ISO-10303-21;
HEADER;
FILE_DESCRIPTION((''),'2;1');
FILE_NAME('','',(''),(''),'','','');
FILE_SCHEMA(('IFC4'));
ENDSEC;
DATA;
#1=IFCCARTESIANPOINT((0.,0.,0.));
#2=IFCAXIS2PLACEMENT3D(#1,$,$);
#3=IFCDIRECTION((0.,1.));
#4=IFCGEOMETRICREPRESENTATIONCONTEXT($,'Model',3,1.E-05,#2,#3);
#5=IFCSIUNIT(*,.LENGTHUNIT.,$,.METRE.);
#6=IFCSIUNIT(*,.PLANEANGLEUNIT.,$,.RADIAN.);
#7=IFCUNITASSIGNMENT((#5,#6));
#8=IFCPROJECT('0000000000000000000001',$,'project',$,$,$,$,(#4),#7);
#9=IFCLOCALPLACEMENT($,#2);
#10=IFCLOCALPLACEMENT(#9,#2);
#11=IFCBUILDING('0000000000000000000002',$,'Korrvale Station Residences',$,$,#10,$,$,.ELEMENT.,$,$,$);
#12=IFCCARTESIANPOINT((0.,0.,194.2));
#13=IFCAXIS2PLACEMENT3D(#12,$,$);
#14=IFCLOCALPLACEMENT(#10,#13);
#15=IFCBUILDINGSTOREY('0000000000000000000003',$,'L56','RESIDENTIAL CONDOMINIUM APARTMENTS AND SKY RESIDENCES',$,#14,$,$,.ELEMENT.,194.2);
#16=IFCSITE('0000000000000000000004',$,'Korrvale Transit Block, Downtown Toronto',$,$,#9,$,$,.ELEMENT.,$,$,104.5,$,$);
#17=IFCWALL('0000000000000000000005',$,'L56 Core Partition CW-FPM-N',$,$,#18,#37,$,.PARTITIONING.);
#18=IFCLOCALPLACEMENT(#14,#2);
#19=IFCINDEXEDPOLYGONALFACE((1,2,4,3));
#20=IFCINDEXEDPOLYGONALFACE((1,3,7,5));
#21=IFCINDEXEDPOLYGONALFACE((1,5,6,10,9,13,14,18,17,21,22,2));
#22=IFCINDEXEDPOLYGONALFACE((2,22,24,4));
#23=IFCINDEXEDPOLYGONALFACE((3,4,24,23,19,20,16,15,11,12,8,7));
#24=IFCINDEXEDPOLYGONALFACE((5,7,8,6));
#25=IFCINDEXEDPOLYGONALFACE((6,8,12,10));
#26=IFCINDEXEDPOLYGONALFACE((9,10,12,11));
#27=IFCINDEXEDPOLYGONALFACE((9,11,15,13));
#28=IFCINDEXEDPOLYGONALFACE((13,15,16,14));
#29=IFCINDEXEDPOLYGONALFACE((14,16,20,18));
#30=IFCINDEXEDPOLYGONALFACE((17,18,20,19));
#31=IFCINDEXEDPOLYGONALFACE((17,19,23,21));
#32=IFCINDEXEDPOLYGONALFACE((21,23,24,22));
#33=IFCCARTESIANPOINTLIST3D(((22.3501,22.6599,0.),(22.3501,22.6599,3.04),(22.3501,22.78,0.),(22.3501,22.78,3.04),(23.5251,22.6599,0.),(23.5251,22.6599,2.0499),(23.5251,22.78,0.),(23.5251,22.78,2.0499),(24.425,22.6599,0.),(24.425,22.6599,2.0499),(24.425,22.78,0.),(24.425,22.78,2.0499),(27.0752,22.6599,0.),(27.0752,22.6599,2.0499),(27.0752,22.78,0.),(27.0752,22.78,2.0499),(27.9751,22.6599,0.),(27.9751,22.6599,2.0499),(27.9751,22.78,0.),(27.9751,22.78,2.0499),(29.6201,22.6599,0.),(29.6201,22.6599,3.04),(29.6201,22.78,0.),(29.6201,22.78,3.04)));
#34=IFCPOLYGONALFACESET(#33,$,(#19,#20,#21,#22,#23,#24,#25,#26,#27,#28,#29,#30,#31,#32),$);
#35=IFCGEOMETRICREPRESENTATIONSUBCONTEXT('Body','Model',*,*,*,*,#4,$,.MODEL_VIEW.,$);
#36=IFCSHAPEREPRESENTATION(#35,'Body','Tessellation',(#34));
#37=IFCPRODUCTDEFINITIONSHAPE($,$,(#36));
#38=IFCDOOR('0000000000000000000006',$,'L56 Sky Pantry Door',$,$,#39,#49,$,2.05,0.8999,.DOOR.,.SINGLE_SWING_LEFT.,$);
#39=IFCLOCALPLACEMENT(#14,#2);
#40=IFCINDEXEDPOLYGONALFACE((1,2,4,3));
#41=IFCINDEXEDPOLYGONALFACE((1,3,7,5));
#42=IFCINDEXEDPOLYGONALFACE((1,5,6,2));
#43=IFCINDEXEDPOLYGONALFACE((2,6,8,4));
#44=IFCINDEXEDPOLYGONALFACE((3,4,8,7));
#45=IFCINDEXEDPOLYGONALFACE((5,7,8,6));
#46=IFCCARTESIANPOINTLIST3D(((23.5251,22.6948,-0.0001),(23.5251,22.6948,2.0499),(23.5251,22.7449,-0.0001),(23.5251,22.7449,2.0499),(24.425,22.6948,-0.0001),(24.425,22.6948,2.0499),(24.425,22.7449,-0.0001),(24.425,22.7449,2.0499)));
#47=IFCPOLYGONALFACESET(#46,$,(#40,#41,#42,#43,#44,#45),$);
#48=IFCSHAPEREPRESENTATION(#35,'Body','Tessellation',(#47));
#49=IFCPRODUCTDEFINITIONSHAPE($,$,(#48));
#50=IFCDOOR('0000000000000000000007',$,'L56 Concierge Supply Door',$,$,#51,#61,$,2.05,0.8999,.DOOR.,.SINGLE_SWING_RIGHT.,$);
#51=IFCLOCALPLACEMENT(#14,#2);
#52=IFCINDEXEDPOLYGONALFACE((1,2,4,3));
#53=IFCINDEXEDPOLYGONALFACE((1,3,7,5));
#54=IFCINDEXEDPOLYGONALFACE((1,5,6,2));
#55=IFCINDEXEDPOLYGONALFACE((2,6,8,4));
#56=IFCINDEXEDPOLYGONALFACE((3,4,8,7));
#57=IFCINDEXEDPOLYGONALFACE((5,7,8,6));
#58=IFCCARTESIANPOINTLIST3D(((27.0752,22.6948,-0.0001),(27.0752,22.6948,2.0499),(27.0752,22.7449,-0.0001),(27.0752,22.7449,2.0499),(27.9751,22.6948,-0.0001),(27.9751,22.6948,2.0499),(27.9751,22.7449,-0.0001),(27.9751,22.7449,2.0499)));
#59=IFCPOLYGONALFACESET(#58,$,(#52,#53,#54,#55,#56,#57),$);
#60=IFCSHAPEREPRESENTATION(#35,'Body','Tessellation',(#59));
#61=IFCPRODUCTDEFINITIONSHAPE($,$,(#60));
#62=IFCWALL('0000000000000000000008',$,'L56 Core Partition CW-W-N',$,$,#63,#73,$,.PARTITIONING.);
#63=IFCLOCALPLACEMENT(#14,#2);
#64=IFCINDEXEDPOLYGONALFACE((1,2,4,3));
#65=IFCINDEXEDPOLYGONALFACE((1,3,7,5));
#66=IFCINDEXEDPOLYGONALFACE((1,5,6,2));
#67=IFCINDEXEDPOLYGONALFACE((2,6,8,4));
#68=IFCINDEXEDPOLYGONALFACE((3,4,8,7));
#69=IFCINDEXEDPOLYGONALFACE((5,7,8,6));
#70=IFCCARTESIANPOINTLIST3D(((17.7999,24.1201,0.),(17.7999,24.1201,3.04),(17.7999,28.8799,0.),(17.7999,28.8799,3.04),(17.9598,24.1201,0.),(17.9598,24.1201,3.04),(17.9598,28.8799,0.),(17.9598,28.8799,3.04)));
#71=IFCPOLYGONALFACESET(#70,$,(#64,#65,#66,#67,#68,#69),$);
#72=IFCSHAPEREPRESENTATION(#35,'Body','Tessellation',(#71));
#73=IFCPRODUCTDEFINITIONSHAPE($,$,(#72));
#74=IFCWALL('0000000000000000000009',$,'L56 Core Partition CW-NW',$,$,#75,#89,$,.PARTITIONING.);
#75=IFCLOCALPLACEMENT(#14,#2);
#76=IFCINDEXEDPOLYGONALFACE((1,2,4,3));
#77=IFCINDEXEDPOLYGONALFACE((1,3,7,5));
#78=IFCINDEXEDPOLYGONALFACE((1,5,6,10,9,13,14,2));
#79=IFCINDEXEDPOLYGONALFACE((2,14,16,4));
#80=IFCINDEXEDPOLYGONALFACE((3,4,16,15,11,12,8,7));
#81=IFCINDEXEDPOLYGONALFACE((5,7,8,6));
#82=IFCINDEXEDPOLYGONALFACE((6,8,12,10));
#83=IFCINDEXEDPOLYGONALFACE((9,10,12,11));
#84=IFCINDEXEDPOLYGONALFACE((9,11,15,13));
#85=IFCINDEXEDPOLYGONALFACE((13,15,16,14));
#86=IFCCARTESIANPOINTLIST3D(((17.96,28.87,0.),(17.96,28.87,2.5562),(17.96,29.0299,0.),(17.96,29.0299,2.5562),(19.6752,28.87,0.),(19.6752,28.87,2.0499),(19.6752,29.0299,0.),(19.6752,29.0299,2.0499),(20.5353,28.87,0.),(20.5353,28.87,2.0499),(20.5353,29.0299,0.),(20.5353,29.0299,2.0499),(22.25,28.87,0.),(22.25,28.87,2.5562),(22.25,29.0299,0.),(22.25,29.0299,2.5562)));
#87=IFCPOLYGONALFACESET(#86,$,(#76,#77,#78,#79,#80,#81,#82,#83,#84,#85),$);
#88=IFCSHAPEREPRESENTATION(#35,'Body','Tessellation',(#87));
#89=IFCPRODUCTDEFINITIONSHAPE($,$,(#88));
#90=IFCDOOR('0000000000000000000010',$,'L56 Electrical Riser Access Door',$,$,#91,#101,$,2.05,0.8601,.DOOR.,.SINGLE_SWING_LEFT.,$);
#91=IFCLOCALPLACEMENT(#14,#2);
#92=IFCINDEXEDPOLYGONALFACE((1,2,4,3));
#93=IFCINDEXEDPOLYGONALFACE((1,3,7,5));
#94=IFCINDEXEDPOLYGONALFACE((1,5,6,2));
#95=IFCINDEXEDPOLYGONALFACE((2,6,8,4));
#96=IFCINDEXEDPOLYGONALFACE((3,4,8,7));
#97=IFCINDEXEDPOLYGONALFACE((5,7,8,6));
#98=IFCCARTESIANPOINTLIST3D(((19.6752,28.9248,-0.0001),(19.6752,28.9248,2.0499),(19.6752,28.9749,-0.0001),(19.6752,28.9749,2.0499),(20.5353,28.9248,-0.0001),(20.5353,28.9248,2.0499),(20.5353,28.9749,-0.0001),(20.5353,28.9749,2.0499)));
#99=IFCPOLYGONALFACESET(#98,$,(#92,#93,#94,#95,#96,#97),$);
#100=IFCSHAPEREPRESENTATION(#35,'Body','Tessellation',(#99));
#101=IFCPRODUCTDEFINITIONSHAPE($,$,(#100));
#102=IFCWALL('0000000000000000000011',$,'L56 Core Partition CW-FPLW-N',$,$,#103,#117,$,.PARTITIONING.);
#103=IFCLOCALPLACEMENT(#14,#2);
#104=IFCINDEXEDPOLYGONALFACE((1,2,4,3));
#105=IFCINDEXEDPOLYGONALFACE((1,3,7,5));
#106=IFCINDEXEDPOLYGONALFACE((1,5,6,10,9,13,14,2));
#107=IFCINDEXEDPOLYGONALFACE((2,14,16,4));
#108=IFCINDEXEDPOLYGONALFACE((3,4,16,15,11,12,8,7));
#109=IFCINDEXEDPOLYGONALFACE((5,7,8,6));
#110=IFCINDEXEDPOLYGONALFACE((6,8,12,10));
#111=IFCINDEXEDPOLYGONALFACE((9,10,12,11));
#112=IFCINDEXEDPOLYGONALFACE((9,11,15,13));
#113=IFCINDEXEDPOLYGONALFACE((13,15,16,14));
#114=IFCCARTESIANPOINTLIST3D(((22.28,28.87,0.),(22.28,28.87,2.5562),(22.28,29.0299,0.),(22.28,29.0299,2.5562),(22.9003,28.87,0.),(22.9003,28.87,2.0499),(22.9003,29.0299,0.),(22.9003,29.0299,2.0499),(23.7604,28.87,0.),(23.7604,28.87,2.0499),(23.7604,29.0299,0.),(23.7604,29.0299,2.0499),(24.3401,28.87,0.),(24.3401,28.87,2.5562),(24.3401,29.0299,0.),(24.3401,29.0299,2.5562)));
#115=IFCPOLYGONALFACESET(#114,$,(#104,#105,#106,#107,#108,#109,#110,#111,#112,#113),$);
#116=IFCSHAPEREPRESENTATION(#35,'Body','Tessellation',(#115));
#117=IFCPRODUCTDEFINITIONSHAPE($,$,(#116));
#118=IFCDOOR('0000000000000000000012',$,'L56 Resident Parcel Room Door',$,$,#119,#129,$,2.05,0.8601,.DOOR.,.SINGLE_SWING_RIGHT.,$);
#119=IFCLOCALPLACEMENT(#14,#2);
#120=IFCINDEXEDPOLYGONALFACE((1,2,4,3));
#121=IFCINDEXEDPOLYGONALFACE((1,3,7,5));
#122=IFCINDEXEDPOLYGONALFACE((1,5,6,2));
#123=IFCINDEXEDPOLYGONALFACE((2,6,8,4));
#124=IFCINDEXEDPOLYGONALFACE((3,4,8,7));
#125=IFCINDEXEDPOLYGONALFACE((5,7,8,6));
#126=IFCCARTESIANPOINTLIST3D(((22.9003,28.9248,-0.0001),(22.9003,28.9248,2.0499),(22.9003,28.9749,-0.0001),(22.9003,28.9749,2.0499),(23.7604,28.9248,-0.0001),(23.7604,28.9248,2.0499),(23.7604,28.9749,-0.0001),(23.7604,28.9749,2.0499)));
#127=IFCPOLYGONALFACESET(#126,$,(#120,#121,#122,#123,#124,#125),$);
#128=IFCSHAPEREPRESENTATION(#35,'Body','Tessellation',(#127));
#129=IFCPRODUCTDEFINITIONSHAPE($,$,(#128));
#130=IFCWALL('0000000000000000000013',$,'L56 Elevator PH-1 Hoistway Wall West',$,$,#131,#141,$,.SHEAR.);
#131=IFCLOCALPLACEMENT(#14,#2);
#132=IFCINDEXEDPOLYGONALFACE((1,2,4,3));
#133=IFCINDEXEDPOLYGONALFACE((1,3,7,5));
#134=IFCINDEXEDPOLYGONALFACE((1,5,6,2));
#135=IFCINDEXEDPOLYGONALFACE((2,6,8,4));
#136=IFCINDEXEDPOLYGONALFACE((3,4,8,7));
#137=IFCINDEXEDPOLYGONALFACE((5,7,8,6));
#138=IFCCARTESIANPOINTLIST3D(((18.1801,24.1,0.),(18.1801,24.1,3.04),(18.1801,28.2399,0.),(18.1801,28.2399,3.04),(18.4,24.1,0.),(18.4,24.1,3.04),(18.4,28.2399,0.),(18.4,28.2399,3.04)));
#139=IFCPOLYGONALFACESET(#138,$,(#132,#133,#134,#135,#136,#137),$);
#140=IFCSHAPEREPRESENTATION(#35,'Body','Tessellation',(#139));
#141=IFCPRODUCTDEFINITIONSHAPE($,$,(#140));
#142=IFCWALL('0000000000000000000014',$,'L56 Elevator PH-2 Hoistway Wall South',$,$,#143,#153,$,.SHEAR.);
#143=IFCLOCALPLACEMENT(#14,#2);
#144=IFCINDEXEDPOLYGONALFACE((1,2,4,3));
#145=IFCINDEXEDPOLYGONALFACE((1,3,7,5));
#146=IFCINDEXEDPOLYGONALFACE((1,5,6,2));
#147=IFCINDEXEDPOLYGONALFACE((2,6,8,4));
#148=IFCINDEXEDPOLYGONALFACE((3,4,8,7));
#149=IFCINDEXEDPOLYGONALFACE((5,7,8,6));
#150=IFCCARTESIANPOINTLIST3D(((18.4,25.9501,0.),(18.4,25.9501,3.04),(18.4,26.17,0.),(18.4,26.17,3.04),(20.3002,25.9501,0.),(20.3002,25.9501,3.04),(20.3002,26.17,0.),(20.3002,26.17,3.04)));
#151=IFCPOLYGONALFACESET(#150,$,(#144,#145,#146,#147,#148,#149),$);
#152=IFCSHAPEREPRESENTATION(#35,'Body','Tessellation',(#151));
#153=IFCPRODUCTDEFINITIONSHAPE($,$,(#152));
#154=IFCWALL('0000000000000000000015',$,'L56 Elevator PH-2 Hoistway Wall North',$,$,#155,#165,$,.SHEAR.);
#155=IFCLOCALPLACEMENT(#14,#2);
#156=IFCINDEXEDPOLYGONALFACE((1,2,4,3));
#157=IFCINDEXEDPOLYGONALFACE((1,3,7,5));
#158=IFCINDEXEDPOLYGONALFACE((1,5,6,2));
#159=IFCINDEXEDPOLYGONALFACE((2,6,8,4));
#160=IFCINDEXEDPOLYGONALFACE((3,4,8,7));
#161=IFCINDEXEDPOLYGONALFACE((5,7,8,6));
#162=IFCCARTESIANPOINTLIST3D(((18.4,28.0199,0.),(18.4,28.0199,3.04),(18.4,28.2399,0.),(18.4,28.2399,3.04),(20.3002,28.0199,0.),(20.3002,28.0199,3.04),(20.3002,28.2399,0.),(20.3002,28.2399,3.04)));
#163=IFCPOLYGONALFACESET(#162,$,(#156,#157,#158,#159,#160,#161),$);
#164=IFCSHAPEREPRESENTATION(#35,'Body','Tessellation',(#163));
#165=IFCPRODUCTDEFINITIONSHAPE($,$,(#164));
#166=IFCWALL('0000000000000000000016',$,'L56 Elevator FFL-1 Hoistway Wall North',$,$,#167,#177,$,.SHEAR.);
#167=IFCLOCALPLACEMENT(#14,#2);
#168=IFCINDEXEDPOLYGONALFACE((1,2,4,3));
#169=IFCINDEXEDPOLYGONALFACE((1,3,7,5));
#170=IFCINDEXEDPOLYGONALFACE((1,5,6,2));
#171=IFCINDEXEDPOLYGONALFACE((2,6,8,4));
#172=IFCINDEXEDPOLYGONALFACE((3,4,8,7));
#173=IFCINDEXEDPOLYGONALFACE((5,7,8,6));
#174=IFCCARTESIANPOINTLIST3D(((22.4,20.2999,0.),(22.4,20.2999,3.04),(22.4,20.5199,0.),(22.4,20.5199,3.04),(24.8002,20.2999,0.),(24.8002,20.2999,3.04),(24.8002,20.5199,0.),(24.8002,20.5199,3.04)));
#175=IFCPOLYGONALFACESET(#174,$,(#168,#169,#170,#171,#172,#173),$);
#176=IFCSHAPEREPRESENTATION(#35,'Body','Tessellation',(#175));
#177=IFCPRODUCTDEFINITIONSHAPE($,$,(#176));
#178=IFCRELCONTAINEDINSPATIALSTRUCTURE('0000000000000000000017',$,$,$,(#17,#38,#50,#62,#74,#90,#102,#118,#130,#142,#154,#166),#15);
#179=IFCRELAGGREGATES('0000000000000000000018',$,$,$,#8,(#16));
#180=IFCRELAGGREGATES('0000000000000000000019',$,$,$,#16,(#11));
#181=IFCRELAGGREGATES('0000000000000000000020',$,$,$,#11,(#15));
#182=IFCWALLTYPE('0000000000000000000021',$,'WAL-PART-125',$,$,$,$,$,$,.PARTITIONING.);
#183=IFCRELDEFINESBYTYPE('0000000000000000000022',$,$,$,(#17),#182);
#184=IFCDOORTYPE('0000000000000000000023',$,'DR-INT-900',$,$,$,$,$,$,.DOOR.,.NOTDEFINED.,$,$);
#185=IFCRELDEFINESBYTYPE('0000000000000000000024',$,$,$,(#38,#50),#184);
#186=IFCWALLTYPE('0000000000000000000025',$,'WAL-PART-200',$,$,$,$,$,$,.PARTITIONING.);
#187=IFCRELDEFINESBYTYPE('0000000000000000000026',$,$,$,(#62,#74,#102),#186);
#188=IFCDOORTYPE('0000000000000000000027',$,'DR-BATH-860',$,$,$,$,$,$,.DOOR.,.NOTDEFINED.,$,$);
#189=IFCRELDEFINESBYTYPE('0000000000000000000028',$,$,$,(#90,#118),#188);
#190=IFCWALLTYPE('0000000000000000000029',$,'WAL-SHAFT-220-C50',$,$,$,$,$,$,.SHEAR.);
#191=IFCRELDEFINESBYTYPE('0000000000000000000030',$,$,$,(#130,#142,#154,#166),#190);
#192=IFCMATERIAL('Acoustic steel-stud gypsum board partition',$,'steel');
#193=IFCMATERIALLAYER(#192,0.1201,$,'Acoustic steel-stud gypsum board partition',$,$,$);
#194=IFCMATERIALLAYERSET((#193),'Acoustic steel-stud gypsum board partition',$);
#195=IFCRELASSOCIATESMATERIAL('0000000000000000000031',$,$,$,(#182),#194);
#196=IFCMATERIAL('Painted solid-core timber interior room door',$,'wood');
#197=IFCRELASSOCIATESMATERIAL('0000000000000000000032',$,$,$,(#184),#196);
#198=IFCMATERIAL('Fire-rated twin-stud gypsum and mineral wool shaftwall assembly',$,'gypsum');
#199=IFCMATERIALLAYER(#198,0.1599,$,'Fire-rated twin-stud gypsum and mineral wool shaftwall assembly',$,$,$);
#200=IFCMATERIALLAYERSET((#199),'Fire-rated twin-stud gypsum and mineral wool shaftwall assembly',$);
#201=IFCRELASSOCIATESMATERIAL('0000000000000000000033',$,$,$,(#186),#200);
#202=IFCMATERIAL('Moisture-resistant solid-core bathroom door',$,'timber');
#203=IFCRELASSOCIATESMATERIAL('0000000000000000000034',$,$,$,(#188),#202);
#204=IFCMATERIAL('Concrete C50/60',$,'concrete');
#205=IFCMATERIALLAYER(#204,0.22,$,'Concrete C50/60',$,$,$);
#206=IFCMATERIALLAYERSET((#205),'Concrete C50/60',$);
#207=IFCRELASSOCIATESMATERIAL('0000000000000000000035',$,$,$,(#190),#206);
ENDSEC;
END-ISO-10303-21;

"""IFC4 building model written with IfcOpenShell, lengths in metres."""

from ifc_helpers import new_model, si_unit, direction, frame, frame_2d, origin, place, context, subcontext, project, spatial, rectangle, extrude, material, layer, layer_set, type_object, element, fill, save


model = new_model("IFC4")

# Units and contexts
model_context = context("Model", 3, precision=1e-05, world=origin(), true_north=direction((0.0, 1.0)))
body_context = subcontext(model_context, "Body", "Model", "MODEL_VIEW")
ifc_project = project(units=[si_unit("LENGTHUNIT", "METRE"), si_unit("PLANEANGLEUNIT", "RADIAN")], contexts=[model_context])

# Site, building, storey
site_placement = place(None, origin())
site = spatial("IfcSite", under=ifc_project, at=site_placement, Name="Korrvale Transit Block, Downtown Toronto", CompositionType="ELEMENT", RefElevation=104.5)
building_placement = place(site_placement, origin())
building = spatial("IfcBuilding", under=site, at=building_placement, Name="Korrvale Station Residences", CompositionType="ELEMENT")
storey_placement = place(building_placement, frame((0.0, 0.0, 194.2)))
storey = spatial("IfcBuildingStorey", under=building, at=storey_placement, Name="L56", Description="RESIDENTIAL CONDOMINIUM APARTMENTS AND SKY RESIDENCES", CompositionType="ELEMENT", Elevation=194.2)

# Shared definitions
ifc_material_1 = material(Name="Concrete C50/60", Category="concrete")

# Shared definitions
ifc_material_2 = material(Name="Acoustic steel-stud gypsum board partition", Category="steel")
ifc_layer_1 = layer(ifc_material_2, 0.1201, Name="Acoustic steel-stud gypsum board partition")
ifc_layer_set_1 = layer_set([ifc_layer_1], Name="Acoustic steel-stud gypsum board partition")
wall_type_1 = type_object("IfcWallType", Name="WAL-PART-125", PredefinedType="PARTITIONING", material=ifc_layer_set_1)

# Wall, openings, doors
wall_1_placement = place(storey_placement, frame((22.3501, 22.72, 0.0), z_axis=(0.0, 0.0, 1.0), x_axis=(1.0, 0.0, 0.0)))
wall_1 = element("IfcWall", 1, at=wall_1_placement, inside=storey, type_object=wall_type_1, Name="L56 Core Partition CW-FPM-N", PredefinedType="PARTITIONING", context=body_context, shape_type="SweptSolid", body=[
    extrude(rectangle(XDim=7.27, YDim=0.1201, at=frame_2d((3.635, 0.0))), origin(), (0.0, 0.0, 1.0), 3.04),
])
opening_1_placement = place(wall_1_placement, frame((1.175, 0.0, 0.0)))
opening_1 = element("IfcOpeningElement", 2, at=opening_1_placement, cuts=wall_1, PredefinedType="OPENING", context=body_context, shape_type="SweptSolid", body=[
    extrude(rectangle(XDim=0.8999, YDim=2.05, at=frame_2d((0.45, 1.0249))), frame((0.0, 0.0701, 0.0), z_axis=(0.0, -1.0, 0.0), x_axis=(1.0, 0.0, 0.0)), (0.0, 0.0, 1.0), 0.1401),
])
opening_2_placement = place(wall_1_placement, frame((4.7251, 0.0, 0.0)))
opening_2 = element("IfcOpeningElement", 3, at=opening_2_placement, cuts=wall_1, PredefinedType="OPENING", context=body_context, shape_type="SweptSolid", body=[
    extrude(rectangle(XDim=0.8999, YDim=2.05, at=frame_2d((0.45, 1.0249))), frame((0.0, 0.0701, 0.0), z_axis=(0.0, -1.0, 0.0), x_axis=(1.0, 0.0, 0.0)), (0.0, 0.0, 1.0), 0.1401),
])
ifc_material_3 = material(Name="Painted solid-core timber interior room door", Category="wood")
door_type_1 = type_object("IfcDoorType", Name="DR-INT-900", OperationType="NOTDEFINED", PredefinedType="DOOR", material=ifc_material_3)
door_1_placement = place(opening_1_placement, origin())
door_1 = element("IfcDoor", 4, at=door_1_placement, inside=storey, type_object=door_type_1, Name="L56 Sky Pantry Door", OperationType="SINGLE_SWING_LEFT", OverallHeight=2.05, OverallWidth=0.8999, PredefinedType="DOOR", context=body_context, shape_type="SweptSolid", body=[
    extrude(rectangle(XDim=0.8999, YDim=2.05, at=frame_2d((0.45, 1.0249))), frame((0.0, 0.0249, 0.0), z_axis=(0.0, -1.0, 0.0), x_axis=(1.0, 0.0, 0.0)), (0.0, 0.0, 1.0), 0.05),
])
fill(opening_1, door_1)
door_2_placement = place(opening_2_placement, origin())
door_2 = element("IfcDoor", 5, at=door_2_placement, inside=storey, type_object=door_type_1, Name="L56 Concierge Supply Door", OperationType="SINGLE_SWING_RIGHT", OverallHeight=2.05, OverallWidth=0.8999, PredefinedType="DOOR", context=body_context, shape_type="SweptSolid", body=[
    extrude(rectangle(XDim=0.8999, YDim=2.05, at=frame_2d((0.45, 1.0249))), frame((0.0, 0.0249, 0.0), z_axis=(0.0, -1.0, 0.0), x_axis=(1.0, 0.0, 0.0)), (0.0, 0.0, 1.0), 0.05),
])
fill(opening_2, door_2)

# Wall
ifc_material_4 = material(Name="Fire-rated twin-stud gypsum and mineral wool shaftwall assembly", Category="gypsum")
ifc_layer_2 = layer(ifc_material_4, 0.1599, Name="Fire-rated twin-stud gypsum and mineral wool shaftwall assembly")
ifc_layer_set_2 = layer_set([ifc_layer_2], Name="Fire-rated twin-stud gypsum and mineral wool shaftwall assembly")
wall_type_2 = type_object("IfcWallType", Name="WAL-PART-200", PredefinedType="PARTITIONING", material=ifc_layer_set_2)
wall_2_placement = place(storey_placement, frame((17.8799, 24.1201, 0.0), z_axis=(0.0, 0.0, 1.0), x_axis=(0.0, 1.0, 0.0)))
element("IfcWall", 6, at=wall_2_placement, inside=storey, type_object=wall_type_2, Name="L56 Core Partition CW-W-N", PredefinedType="PARTITIONING", context=body_context, shape_type="SweptSolid", body=[
    extrude(rectangle(XDim=4.7598, YDim=0.1599, at=frame_2d((2.3799, 0.0))), origin(), (0.0, 0.0, 1.0), 3.04),
])

# Walls, openings, doors
wall_3_placement = place(storey_placement, frame((17.96, 28.95, 0.0), z_axis=(0.0, 0.0, 1.0), x_axis=(1.0, 0.0, 0.0)))
wall_3 = element("IfcWall", 7, at=wall_3_placement, inside=storey, type_object=wall_type_2, Name="L56 Core Partition CW-NW", PredefinedType="PARTITIONING", context=body_context, shape_type="SweptSolid", body=[
    extrude(rectangle(XDim=4.29, YDim=0.1599, at=frame_2d((2.145, 0.0))), origin(), (0.0, 0.0, 1.0), 2.5562),
])
opening_3_placement = place(wall_3_placement, frame((1.7151, 0.0, 0.0)))
opening_3 = element("IfcOpeningElement", 8, at=opening_3_placement, cuts=wall_3, PredefinedType="OPENING", context=body_context, shape_type="SweptSolid", body=[
    extrude(rectangle(XDim=0.8601, YDim=2.05, at=frame_2d((0.4302, 1.0249))), frame((0.0, 0.0898, 0.0), z_axis=(0.0, -1.0, 0.0), x_axis=(1.0, 0.0, 0.0)), (0.0, 0.0, 1.0), 0.1799),
])
ifc_material_5 = material(Name="Moisture-resistant solid-core bathroom door", Category="timber")
door_type_2 = type_object("IfcDoorType", Name="DR-BATH-860", OperationType="NOTDEFINED", PredefinedType="DOOR", material=ifc_material_5)
door_3_placement = place(opening_3_placement, origin())
door_3 = element("IfcDoor", 9, at=door_3_placement, inside=storey, type_object=door_type_2, Name="L56 Electrical Riser Access Door", OperationType="SINGLE_SWING_LEFT", OverallHeight=2.05, OverallWidth=0.8601, PredefinedType="DOOR", context=body_context, shape_type="SweptSolid", body=[
    extrude(rectangle(XDim=0.8601, YDim=2.05, at=frame_2d((0.4302, 1.0249))), frame((0.0, 0.0249, 0.0), z_axis=(0.0, -1.0, 0.0), x_axis=(1.0, 0.0, 0.0)), (0.0, 0.0, 1.0), 0.05),
])
fill(opening_3, door_3)
wall_4_placement = place(storey_placement, frame((22.28, 28.95, 0.0), z_axis=(0.0, 0.0, 1.0), x_axis=(1.0, 0.0, 0.0)))
wall_4 = element("IfcWall", 10, at=wall_4_placement, inside=storey, type_object=wall_type_2, Name="L56 Core Partition CW-FPLW-N", PredefinedType="PARTITIONING", context=body_context, shape_type="SweptSolid", body=[
    extrude(rectangle(XDim=2.0601, YDim=0.1599, at=frame_2d((1.03, 0.0))), origin(), (0.0, 0.0, 1.0), 2.5562),
])
opening_4_placement = place(wall_4_placement, frame((0.6201, 0.0, 0.0)))
opening_4 = element("IfcOpeningElement", 11, at=opening_4_placement, cuts=wall_4, PredefinedType="OPENING", context=body_context, shape_type="SweptSolid", body=[
    extrude(rectangle(XDim=0.8601, YDim=2.05, at=frame_2d((0.4302, 1.0249))), frame((0.0, 0.0898, 0.0), z_axis=(0.0, -1.0, 0.0), x_axis=(1.0, 0.0, 0.0)), (0.0, 0.0, 1.0), 0.1799),
])
door_4_placement = place(opening_4_placement, origin())
door_4 = element("IfcDoor", 12, at=door_4_placement, inside=storey, type_object=door_type_2, Name="L56 Resident Parcel Room Door", OperationType="SINGLE_SWING_RIGHT", OverallHeight=2.05, OverallWidth=0.8601, PredefinedType="DOOR", context=body_context, shape_type="SweptSolid", body=[
    extrude(rectangle(XDim=0.8601, YDim=2.05, at=frame_2d((0.4302, 1.0249))), frame((0.0, 0.0249, 0.0), z_axis=(0.0, -1.0, 0.0), x_axis=(1.0, 0.0, 0.0)), (0.0, 0.0, 1.0), 0.05),
])
fill(opening_4, door_4)

# Wall
ifc_layer_3 = layer(ifc_material_1, 0.22, Name="Concrete C50/60")
ifc_layer_set_3 = layer_set([ifc_layer_3], Name="Concrete C50/60")
wall_type_3 = type_object("IfcWallType", Name="WAL-SHAFT-220-C50", PredefinedType="SHEAR", material=ifc_layer_set_3)
wall_5_placement = place(storey_placement, frame((18.29, 24.1001, 0.0), z_axis=(0.0, 0.0, 1.0), x_axis=(0.0, 1.0, 0.0)))
element("IfcWall", 13, at=wall_5_placement, inside=storey, type_object=wall_type_3, Name="L56 Elevator PH-1 Hoistway Wall West", PredefinedType="SHEAR", context=body_context, shape_type="SweptSolid", body=[
    extrude(rectangle(XDim=4.1399, YDim=0.22, at=frame_2d((2.0698, 0.0))), origin(), (0.0, 0.0, 1.0), 3.04),
])

# Walls
for number, where, z_axis, x_axis, name in (
    (14, (18.3999, 26.0601, 0.0), (0.0, 0.0, 1.0), (1.0, 0.0, 0.0), "L56 Elevator PH-2 Hoistway Wall South"),
    (15, (18.3999, 28.1299, 0.0), (0.0, 0.0, 1.0), (1.0, 0.0, 0.0), "L56 Elevator PH-2 Hoistway Wall North"),
):
    element("IfcWall", number, at=place(storey_placement, frame(where, z_axis=z_axis, x_axis=x_axis)), inside=storey, type_object=wall_type_3, Name=name, PredefinedType="SHEAR", context=body_context, shape_type="SweptSolid", body=[
        extrude(rectangle(XDim=1.9001, YDim=0.22, at=frame_2d((0.9502, 0.0))), origin(), (0.0, 0.0, 1.0), 3.04),
    ])

# Wall
wall_6_placement = place(storey_placement, frame((22.3999, 20.4099, 0.0), z_axis=(0.0, 0.0, 1.0), x_axis=(1.0, 0.0, 0.0)))
element("IfcWall", 16, at=wall_6_placement, inside=storey, type_object=wall_type_3, Name="L56 Elevator FFL-1 Hoistway Wall North", PredefinedType="SHEAR", context=body_context, shape_type="SweptSolid", body=[
    extrude(rectangle(XDim=2.4001, YDim=0.22, at=frame_2d((1.2002, 0.0))), origin(), (0.0, 0.0, 1.0), 3.04),
])

save(model, "model.ifc")
